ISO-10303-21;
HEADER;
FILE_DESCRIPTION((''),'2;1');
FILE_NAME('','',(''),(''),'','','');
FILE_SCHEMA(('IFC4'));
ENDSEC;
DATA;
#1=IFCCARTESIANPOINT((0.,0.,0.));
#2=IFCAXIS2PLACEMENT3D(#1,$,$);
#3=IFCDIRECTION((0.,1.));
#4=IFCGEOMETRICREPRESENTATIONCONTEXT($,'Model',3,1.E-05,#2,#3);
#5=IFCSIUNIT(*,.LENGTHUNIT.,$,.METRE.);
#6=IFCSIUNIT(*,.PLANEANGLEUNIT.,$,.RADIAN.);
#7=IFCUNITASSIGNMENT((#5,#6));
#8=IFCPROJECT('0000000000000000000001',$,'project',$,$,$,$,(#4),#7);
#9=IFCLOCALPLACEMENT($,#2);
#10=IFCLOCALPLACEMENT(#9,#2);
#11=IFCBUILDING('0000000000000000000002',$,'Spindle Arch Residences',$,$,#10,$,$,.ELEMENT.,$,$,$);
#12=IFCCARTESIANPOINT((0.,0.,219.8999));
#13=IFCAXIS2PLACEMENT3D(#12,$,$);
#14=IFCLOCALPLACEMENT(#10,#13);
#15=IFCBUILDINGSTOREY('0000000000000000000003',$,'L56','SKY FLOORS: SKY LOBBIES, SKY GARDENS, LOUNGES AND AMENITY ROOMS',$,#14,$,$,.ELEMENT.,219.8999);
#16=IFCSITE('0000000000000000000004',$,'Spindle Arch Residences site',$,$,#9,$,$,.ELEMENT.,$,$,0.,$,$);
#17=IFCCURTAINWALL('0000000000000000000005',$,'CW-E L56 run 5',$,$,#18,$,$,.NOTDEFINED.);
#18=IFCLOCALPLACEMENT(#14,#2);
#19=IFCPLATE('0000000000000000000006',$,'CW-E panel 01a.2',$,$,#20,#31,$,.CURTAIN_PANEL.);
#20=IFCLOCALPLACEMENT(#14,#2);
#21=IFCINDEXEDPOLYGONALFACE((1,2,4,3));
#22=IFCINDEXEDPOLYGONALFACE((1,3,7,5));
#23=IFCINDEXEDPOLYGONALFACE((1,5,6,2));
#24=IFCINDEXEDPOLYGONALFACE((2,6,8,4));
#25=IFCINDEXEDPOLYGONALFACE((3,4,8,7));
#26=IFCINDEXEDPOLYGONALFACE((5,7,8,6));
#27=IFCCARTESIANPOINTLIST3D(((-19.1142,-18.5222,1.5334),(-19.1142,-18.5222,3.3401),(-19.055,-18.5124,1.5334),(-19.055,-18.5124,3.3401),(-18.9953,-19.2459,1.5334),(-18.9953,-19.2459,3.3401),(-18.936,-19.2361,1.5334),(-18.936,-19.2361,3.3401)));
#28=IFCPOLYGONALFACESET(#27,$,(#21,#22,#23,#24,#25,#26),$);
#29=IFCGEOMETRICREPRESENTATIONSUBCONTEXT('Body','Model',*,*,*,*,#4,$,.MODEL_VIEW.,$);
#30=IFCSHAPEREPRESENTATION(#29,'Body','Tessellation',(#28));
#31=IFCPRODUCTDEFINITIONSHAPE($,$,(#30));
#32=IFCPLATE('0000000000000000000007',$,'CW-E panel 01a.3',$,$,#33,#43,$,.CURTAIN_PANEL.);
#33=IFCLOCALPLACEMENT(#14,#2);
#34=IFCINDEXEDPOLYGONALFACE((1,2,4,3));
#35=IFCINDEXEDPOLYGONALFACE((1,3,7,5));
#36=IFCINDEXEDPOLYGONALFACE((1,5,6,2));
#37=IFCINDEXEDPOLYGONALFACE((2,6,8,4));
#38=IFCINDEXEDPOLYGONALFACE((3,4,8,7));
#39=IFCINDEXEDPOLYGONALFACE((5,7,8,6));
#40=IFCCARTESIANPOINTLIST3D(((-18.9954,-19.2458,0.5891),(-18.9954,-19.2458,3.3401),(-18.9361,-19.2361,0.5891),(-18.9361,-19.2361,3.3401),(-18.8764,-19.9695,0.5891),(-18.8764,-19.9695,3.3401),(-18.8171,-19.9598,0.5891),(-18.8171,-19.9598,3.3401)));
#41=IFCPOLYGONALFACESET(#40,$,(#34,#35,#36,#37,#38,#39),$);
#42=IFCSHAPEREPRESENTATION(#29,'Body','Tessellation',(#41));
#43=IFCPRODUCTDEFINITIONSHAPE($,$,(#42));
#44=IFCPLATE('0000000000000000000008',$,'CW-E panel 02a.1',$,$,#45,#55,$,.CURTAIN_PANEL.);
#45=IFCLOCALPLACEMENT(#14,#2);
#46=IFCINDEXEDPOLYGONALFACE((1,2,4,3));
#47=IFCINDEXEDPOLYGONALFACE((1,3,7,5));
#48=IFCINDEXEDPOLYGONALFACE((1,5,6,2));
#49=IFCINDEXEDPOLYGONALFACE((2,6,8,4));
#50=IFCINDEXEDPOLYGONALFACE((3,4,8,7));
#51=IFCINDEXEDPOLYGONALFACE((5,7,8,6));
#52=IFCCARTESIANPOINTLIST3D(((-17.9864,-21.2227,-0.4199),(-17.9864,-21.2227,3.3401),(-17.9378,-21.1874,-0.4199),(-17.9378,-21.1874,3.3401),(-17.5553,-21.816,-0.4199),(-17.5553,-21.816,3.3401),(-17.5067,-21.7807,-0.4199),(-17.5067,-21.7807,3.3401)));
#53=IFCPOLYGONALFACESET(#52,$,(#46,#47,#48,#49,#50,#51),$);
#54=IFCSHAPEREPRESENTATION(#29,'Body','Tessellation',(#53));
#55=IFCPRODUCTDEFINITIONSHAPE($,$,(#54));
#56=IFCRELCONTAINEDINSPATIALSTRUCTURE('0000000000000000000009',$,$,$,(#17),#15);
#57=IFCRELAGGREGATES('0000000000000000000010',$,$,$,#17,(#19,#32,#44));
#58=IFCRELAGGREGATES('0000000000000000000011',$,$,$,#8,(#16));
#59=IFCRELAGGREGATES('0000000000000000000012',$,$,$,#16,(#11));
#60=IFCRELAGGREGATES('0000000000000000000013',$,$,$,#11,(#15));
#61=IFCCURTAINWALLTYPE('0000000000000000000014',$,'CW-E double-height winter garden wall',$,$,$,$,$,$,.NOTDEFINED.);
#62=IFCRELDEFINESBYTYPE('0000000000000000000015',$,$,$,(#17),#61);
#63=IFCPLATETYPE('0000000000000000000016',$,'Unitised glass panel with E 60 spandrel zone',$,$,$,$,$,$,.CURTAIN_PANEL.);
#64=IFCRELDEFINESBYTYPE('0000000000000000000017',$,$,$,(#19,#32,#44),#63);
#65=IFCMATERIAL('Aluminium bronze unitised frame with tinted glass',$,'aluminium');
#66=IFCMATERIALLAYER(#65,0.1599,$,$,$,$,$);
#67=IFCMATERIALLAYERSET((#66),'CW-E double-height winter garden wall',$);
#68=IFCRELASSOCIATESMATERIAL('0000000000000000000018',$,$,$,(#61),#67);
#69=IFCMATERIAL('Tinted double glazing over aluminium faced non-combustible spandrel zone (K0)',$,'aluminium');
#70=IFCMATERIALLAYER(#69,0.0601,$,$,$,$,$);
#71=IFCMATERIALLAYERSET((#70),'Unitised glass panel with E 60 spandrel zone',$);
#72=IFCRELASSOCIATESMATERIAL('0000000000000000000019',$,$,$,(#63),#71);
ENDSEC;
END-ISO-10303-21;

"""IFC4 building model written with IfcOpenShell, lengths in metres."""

from ifc_helpers import new_model, si_unit, direction, frame, origin, origin_2d, place, context, subcontext, project, spatial, rectangle, extrude, material, layer, layer_set, type_object, element, aggregate, save


model = new_model("IFC4")

# Units and contexts
model_context = context("Model", 3, precision=1e-05, world=origin(), true_north=direction((0.0, 1.0)))
body_context = subcontext(model_context, "Body", "Model", "MODEL_VIEW")
ifc_project = project(units=[si_unit("LENGTHUNIT", "METRE"), si_unit("PLANEANGLEUNIT", "RADIAN")], contexts=[model_context])

# Site, building, storey
site_placement = place(None, origin())
site = spatial("IfcSite", under=ifc_project, at=site_placement, Name="Spindle Arch Residences site", CompositionType="ELEMENT", RefElevation=0.0)
building_placement = place(site_placement, origin())
building = spatial("IfcBuilding", under=site, at=building_placement, Name="Spindle Arch Residences", CompositionType="ELEMENT")
storey_placement = place(building_placement, frame((0.0, 0.0, 219.8999)))
storey = spatial("IfcBuildingStorey", under=building, at=storey_placement, Name="L56", Description="SKY FLOORS: SKY LOBBIES, SKY GARDENS, LOUNGES AND AMENITY ROOMS", CompositionType="ELEMENT", Elevation=219.8999)

# Curtain wall, plates
ifc_material_1 = material(Name="Aluminium bronze unitised frame with tinted glass", Category="aluminium")
ifc_layer_1 = layer(ifc_material_1, 0.1599)
ifc_layer_set_1 = layer_set([ifc_layer_1], Name="CW-E double-height winter garden wall")
curtain_wall_type = type_object("IfcCurtainWallType", Name="CW-E double-height winter garden wall", PredefinedType="NOTDEFINED", material=ifc_layer_set_1)
curtain_wall_placement = place(storey_placement, origin())
curtain_wall = element("IfcCurtainWall", 1, at=curtain_wall_placement, inside=storey, type_object=curtain_wall_type, Name="CW-E L56 run 5", PredefinedType="NOTDEFINED")
ifc_material_2 = material(Name="Tinted double glazing over aluminium faced non-combustible spandrel zone (K0)", Category="aluminium")
ifc_layer_2 = layer(ifc_material_2, 0.0601)
ifc_layer_set_2 = layer_set([ifc_layer_2], Name="Unitised glass panel with E 60 spandrel zone")
plate_type_1 = type_object("IfcPlateType", Name="Unitised glass panel with E 60 spandrel zone", PredefinedType="CURTAIN_PANEL", material=ifc_layer_set_2)
plate_1_placement = place(storey_placement, frame((-19.0251, -18.8792, 1.5334), z_axis=(0.0, 0.0, 1.0), x_axis=(0.162178, -0.986762, 0.0)))
plate_1 = element("IfcPlate", 2, at=plate_1_placement, type_object=plate_type_1, Name="CW-E panel 01a.2", PredefinedType="CURTAIN_PANEL", context=body_context, shape_type="SweptSolid", body=[
    extrude(rectangle(XDim=0.7334, YDim=0.0601, at=origin_2d()), origin(), (0.0, 0.0, 1.0), 1.8066),
])
plate_2_placement = place(storey_placement, frame((-18.9062, -19.6028, 0.5891), z_axis=(0.0, 0.0, 1.0), x_axis=(0.162178, -0.986762, 0.0)))
plate_2 = element("IfcPlate", 3, at=plate_2_placement, type_object=plate_type_1, Name="CW-E panel 01a.3", PredefinedType="CURTAIN_PANEL", context=body_context, shape_type="SweptSolid", body=[
    extrude(rectangle(XDim=0.7334, YDim=0.0601, at=origin_2d()), origin(), (0.0, 0.0, 1.0), 2.751),
])
plate_3_placement = place(storey_placement, frame((-17.7466, -21.5017, -0.4199), z_axis=(0.0, 0.0, 1.0), x_axis=(0.587785, -0.809017, 0.0)))
plate_3 = element("IfcPlate", 4, at=plate_3_placement, type_object=plate_type_1, Name="CW-E panel 02a.1", PredefinedType="CURTAIN_PANEL", context=body_context, shape_type="SweptSolid", body=[
    extrude(rectangle(XDim=0.7334, YDim=0.0601, at=origin_2d()), origin(), (0.0, 0.0, 1.0), 3.76),
])
aggregate(curtain_wall, [plate_1, plate_2, plate_3])

save(model, "model.ifc")
